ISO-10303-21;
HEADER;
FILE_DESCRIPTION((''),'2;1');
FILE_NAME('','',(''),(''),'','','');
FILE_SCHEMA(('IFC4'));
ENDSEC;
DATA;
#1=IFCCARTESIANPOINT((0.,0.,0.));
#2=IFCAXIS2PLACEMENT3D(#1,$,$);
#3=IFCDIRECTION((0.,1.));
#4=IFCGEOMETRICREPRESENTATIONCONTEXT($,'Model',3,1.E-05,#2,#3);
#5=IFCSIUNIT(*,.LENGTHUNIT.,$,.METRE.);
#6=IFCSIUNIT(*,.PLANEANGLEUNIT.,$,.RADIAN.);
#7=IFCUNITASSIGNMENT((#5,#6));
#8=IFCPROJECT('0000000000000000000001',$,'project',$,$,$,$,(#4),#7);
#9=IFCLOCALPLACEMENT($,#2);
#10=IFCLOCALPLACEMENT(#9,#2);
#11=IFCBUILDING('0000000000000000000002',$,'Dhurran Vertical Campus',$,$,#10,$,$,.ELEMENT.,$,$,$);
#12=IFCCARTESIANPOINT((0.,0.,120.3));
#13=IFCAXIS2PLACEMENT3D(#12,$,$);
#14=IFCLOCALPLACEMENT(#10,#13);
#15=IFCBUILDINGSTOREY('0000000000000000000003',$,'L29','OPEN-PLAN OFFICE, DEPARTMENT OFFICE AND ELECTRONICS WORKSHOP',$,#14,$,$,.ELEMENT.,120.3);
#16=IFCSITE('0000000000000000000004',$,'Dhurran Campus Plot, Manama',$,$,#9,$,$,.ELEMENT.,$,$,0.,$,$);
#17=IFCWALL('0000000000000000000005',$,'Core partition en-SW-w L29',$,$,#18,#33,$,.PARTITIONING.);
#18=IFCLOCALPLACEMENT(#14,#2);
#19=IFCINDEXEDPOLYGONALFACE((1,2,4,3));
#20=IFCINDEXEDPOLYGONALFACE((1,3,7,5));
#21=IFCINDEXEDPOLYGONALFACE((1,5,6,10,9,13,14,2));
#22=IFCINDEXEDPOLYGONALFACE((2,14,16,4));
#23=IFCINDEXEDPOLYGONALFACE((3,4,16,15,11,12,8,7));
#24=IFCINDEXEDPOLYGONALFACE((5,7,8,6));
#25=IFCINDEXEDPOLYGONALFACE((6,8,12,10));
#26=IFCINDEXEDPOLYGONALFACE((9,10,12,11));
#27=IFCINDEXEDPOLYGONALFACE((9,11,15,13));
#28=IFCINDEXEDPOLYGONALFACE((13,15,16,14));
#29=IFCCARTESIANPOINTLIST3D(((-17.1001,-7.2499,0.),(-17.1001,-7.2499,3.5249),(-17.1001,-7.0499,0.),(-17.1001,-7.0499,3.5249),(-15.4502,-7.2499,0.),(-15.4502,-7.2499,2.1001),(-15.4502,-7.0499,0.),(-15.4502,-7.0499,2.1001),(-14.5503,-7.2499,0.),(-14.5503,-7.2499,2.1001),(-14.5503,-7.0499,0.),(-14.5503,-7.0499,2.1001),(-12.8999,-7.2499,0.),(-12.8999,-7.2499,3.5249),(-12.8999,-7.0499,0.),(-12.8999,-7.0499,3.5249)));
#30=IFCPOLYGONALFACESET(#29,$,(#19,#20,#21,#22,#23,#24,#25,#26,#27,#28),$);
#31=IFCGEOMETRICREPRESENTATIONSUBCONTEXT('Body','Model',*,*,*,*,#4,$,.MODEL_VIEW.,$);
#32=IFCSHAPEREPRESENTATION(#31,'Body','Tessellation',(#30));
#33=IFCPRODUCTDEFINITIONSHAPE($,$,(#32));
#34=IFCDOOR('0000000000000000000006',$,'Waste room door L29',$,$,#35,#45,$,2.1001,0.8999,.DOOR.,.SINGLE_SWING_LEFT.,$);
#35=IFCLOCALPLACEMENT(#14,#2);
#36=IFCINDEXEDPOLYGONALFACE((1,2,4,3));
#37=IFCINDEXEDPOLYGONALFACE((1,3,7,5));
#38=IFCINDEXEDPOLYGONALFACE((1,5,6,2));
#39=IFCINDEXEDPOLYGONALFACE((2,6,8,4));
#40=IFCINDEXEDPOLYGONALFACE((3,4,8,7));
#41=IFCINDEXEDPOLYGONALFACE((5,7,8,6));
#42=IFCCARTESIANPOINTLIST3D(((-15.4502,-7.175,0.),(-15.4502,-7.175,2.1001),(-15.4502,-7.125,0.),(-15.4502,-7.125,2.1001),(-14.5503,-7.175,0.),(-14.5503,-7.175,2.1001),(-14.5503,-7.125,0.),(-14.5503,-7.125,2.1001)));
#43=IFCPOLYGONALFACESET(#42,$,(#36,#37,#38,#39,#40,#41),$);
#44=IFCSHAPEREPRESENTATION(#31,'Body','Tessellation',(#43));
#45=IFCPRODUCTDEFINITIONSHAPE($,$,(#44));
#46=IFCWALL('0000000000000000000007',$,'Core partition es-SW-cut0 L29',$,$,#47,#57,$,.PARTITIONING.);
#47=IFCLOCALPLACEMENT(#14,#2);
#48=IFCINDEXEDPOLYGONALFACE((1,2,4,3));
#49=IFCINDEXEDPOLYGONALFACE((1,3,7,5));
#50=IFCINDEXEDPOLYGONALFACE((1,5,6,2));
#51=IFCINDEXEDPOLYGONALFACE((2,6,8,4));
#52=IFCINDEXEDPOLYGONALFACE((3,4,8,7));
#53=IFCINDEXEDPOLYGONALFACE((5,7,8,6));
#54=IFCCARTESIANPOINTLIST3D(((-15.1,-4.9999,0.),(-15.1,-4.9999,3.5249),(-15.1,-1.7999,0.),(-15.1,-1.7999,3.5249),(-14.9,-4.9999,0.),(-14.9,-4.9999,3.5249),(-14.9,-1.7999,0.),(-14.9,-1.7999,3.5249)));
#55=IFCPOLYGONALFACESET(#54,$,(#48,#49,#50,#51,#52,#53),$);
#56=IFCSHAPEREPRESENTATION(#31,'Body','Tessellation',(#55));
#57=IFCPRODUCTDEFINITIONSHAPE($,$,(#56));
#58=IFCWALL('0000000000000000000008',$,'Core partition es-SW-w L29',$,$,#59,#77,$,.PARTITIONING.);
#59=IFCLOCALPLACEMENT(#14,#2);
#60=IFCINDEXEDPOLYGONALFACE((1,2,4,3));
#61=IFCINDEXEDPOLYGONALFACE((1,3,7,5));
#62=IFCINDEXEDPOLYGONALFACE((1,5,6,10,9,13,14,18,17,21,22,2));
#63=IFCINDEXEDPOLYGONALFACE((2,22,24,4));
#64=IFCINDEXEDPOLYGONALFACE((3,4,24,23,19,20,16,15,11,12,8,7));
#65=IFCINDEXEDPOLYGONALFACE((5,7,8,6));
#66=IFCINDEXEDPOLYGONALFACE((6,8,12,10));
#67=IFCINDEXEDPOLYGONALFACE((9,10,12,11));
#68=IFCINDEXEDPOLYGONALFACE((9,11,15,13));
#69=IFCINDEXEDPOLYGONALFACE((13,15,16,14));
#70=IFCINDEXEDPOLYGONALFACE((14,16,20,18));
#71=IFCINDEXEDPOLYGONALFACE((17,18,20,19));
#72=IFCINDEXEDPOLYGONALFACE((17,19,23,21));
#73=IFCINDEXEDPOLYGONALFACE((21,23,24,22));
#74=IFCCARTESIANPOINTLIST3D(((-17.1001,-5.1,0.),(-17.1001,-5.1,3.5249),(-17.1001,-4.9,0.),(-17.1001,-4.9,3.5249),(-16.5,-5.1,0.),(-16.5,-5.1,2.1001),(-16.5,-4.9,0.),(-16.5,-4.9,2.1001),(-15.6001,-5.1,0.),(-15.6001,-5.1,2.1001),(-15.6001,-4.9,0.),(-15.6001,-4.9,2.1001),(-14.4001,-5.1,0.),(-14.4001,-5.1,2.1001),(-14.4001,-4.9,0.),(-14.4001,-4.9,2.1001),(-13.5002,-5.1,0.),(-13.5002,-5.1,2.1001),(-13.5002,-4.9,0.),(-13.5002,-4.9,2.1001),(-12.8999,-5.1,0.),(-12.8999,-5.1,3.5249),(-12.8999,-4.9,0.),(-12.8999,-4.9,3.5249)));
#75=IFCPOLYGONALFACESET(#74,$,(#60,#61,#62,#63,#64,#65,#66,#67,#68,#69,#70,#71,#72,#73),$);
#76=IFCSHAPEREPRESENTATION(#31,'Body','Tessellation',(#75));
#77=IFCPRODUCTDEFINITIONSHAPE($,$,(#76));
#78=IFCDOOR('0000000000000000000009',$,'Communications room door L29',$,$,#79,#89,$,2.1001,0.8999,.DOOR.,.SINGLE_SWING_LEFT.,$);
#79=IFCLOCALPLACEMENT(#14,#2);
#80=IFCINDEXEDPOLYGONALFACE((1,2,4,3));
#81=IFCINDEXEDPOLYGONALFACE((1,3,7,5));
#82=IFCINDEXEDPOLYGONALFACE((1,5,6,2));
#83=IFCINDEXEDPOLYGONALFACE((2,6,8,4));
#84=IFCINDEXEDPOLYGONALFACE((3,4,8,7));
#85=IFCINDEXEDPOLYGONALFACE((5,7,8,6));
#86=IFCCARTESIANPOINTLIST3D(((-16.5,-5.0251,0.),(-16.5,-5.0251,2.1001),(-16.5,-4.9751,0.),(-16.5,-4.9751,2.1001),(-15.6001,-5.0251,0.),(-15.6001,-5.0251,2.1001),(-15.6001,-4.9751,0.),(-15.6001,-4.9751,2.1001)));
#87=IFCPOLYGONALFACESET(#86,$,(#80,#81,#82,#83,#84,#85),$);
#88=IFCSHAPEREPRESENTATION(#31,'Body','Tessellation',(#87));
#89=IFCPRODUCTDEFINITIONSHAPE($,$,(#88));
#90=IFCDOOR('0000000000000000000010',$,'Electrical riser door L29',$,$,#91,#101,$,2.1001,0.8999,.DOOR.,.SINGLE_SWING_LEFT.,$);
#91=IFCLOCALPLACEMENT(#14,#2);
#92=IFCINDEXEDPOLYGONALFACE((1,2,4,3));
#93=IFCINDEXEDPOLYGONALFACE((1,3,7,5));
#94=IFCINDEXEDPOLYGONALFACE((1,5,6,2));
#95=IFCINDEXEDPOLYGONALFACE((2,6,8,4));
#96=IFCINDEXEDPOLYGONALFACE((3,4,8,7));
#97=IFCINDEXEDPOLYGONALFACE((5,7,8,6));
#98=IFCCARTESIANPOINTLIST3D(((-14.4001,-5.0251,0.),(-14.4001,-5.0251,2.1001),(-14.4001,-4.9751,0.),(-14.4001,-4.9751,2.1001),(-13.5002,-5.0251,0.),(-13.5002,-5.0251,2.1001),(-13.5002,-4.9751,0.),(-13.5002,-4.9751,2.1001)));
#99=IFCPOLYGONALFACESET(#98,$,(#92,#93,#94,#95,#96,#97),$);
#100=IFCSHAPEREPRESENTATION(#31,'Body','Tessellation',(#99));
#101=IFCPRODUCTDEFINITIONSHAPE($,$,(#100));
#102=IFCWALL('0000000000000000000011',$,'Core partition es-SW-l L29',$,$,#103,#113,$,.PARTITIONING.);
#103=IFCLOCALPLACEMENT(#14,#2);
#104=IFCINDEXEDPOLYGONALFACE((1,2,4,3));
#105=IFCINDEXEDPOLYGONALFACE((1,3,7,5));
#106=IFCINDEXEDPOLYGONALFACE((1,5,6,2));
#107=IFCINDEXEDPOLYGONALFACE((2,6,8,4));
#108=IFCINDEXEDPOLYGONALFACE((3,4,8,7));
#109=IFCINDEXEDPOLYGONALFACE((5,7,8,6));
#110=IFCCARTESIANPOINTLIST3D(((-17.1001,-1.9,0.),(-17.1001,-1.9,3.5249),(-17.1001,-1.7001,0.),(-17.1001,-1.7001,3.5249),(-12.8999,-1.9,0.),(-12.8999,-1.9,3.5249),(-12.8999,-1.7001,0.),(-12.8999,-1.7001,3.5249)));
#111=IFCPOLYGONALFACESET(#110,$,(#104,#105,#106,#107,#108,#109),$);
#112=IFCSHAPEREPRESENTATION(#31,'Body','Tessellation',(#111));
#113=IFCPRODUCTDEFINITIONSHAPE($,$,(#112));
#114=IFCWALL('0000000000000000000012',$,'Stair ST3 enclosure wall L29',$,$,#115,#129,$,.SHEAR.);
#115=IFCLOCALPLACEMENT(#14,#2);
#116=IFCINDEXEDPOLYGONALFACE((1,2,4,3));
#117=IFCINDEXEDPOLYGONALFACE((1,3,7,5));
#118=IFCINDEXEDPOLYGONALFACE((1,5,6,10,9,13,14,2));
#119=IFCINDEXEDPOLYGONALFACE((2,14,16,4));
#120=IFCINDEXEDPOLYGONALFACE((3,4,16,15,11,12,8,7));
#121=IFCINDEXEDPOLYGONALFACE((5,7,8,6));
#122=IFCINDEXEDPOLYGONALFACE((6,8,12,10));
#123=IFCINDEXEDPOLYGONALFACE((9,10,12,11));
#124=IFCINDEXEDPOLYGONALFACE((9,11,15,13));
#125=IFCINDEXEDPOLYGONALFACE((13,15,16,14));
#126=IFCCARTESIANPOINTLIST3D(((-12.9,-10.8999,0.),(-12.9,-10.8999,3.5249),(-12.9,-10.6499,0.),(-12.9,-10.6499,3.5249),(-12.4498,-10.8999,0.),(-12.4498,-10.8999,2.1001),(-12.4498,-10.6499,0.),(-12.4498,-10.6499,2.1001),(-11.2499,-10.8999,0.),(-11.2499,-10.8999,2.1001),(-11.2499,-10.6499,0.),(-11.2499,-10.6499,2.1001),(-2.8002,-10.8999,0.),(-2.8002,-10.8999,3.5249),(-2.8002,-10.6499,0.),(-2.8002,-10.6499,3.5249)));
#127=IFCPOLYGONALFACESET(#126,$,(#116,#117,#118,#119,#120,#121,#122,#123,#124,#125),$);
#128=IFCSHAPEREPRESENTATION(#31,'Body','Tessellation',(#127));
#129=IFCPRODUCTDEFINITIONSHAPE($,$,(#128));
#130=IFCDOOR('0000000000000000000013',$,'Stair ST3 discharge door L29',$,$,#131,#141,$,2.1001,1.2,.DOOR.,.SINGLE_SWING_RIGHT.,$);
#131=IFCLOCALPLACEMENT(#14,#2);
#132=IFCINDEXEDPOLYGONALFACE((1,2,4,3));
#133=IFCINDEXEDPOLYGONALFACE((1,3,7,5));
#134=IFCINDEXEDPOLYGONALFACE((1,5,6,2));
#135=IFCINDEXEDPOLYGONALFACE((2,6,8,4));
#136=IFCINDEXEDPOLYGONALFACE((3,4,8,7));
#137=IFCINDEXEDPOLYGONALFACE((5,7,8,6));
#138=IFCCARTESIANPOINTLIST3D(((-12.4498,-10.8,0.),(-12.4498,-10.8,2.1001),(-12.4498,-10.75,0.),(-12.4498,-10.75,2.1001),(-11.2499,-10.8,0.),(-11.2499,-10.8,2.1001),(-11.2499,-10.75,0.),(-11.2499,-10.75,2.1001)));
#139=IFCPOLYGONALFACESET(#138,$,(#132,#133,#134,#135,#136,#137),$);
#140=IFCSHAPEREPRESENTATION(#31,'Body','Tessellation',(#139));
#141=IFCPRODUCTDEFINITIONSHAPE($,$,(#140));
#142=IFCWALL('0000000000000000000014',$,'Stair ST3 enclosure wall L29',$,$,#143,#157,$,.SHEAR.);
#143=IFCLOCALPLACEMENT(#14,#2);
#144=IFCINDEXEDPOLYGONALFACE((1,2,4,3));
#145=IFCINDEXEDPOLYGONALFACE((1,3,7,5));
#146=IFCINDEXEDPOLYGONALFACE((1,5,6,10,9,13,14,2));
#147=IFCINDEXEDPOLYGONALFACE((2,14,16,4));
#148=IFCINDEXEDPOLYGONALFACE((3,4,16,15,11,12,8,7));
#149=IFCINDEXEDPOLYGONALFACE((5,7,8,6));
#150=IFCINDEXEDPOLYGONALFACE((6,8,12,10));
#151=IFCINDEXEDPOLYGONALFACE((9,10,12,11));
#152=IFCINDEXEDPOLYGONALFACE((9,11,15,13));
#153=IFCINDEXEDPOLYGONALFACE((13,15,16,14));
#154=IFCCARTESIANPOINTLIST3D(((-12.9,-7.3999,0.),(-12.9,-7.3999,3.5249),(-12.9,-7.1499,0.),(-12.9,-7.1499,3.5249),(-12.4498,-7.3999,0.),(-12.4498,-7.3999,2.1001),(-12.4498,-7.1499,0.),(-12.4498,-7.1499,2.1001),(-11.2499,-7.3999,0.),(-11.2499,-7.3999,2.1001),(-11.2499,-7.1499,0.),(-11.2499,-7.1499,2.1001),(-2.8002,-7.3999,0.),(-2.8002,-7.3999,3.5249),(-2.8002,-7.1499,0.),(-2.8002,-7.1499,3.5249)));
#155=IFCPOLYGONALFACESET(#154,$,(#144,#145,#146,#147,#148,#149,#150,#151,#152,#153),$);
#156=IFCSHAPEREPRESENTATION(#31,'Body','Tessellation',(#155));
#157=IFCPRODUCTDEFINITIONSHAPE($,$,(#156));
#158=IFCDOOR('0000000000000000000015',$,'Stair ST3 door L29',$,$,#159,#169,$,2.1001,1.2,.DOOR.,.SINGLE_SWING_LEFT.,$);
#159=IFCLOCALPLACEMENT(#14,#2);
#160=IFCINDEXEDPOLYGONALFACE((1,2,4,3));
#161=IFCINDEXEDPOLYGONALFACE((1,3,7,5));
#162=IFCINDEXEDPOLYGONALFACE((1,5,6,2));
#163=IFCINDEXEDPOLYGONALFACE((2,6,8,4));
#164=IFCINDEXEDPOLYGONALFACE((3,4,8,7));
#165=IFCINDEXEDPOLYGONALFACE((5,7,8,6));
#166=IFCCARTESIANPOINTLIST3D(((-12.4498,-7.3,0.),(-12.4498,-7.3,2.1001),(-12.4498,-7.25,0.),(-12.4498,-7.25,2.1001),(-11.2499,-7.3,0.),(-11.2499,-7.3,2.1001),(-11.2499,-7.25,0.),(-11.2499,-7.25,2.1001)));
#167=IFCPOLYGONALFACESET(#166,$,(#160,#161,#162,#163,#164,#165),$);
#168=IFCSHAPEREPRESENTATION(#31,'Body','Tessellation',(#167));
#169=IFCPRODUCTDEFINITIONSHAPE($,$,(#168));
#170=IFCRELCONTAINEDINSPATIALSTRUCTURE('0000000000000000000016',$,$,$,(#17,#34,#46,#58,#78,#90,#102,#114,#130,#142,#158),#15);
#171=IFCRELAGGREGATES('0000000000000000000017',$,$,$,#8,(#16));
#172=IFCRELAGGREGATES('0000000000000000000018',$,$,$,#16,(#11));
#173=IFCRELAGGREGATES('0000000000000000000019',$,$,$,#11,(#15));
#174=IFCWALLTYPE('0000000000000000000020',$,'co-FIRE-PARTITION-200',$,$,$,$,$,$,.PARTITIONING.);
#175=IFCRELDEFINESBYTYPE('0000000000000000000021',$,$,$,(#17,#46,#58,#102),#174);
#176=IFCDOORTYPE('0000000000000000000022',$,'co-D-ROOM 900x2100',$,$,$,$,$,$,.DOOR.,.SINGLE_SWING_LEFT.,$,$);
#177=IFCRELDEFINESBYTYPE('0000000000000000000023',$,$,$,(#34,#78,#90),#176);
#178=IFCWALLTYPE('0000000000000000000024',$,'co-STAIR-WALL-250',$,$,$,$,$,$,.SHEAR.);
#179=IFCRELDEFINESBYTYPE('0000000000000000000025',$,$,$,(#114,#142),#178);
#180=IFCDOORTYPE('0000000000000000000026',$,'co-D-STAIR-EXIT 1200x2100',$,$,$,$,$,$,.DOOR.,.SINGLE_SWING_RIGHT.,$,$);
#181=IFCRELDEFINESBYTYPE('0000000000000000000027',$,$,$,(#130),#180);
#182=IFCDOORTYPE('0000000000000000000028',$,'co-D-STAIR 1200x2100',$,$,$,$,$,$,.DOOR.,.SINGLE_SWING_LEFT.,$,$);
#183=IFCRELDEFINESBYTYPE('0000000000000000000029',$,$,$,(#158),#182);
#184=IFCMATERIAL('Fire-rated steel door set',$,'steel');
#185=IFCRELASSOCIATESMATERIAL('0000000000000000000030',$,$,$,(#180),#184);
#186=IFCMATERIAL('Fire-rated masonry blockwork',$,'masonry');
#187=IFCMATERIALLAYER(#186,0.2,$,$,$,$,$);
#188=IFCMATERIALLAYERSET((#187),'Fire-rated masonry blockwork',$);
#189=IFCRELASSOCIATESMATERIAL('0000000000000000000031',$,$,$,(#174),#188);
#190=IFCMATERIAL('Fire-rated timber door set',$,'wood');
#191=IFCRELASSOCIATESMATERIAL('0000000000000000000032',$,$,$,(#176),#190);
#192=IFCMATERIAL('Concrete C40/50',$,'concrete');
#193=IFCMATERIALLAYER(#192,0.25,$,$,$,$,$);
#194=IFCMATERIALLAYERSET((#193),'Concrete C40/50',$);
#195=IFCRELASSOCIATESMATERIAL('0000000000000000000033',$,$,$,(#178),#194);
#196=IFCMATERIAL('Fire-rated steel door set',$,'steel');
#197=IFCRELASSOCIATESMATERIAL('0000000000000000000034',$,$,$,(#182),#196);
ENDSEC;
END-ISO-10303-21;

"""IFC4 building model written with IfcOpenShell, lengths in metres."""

from ifc_helpers import new_model, si_unit, direction, frame, frame_2d, origin, place, context, subcontext, project, spatial, rectangle, extrude, material, layer, layer_set, type_object, element, fill, save


model = new_model("IFC4")

# Units and contexts
model_context = context("Model", 3, precision=1e-05, world=origin(), true_north=direction((0.0, 1.0)))
body_context = subcontext(model_context, "Body", "Model", "MODEL_VIEW")
ifc_project = project(units=[si_unit("LENGTHUNIT", "METRE"), si_unit("PLANEANGLEUNIT", "RADIAN")], contexts=[model_context])

# Site, building, storey
site_placement = place(None, origin())
site = spatial("IfcSite", under=ifc_project, at=site_placement, Name="Dhurran Campus Plot, Manama", CompositionType="ELEMENT", RefElevation=0.0)
building_placement = place(site_placement, origin())
building = spatial("IfcBuilding", under=site, at=building_placement, Name="Dhurran Vertical Campus", CompositionType="ELEMENT")
storey_placement = place(building_placement, frame((0.0, 0.0, 120.3)))
storey = spatial("IfcBuildingStorey", under=building, at=storey_placement, Name="L29", Description="OPEN-PLAN OFFICE, DEPARTMENT OFFICE AND ELECTRONICS WORKSHOP", CompositionType="ELEMENT", Elevation=120.3)

# Shared definitions
ifc_material_1 = material(Name="Fire-rated steel door set", Category="steel")
door_type_1 = type_object("IfcDoorType", Name="co-D-STAIR-EXIT 1200x2100", OperationType="SINGLE_SWING_RIGHT", PredefinedType="DOOR", material=ifc_material_1)

# Wall, opening, door
ifc_material_2 = material(Name="Fire-rated masonry blockwork", Category="masonry")
ifc_layer_1 = layer(ifc_material_2, 0.2)
ifc_layer_set_1 = layer_set([ifc_layer_1], Name="Fire-rated masonry blockwork")
wall_type_1 = type_object("IfcWallType", Name="co-FIRE-PARTITION-200", PredefinedType="PARTITIONING", material=ifc_layer_set_1)
wall_1_placement = place(storey_placement, frame((-17.1001, -7.1499, 0.0), z_axis=(0.0, 0.0, 1.0), x_axis=(1.0, 0.0, 0.0)))
wall_1 = element("IfcWall", 1, at=wall_1_placement, inside=storey, type_object=wall_type_1, Name="Core partition en-SW-w L29", PredefinedType="PARTITIONING", context=body_context, shape_type="SweptSolid", body=[
    extrude(rectangle(XDim=4.2002, YDim=0.2, at=frame_2d((2.1001, 0.0))), origin(), (0.0, 0.0, 1.0), 3.5249),
])
opening_1_placement = place(wall_1_placement, frame((1.6499, 0.0, 0.0)))
opening_1 = element("IfcOpeningElement", 2, at=opening_1_placement, cuts=wall_1, PredefinedType="OPENING", context=body_context, shape_type="SweptSolid", body=[
    extrude(rectangle(XDim=0.8999, YDim=2.1001, at=frame_2d((0.45, 1.05))), frame((0.0, 0.1099, 0.0), z_axis=(0.0, -1.0, 0.0), x_axis=(1.0, 0.0, 0.0)), (0.0, 0.0, 1.0), 0.22),
])
ifc_material_3 = material(Name="Fire-rated timber door set", Category="wood")
door_type_2 = type_object("IfcDoorType", Name="co-D-ROOM 900x2100", OperationType="SINGLE_SWING_LEFT", PredefinedType="DOOR", material=ifc_material_3)
door_1_placement = place(opening_1_placement, origin())
door_1 = element("IfcDoor", 3, at=door_1_placement, inside=storey, type_object=door_type_2, Name="Waste room door L29", OperationType="SINGLE_SWING_LEFT", OverallHeight=2.1001, OverallWidth=0.8999, PredefinedType="DOOR", context=body_context, shape_type="SweptSolid", body=[
    extrude(rectangle(XDim=0.8999, YDim=2.1001, at=frame_2d((0.45, 1.05))), frame((0.0, 0.0249, 0.0), z_axis=(0.0, -1.0, 0.0), x_axis=(1.0, 0.0, 0.0)), (0.0, 0.0, 1.0), 0.05),
])
fill(opening_1, door_1)

# Wall
wall_2_placement = place(storey_placement, frame((-15.0, -5.0, 0.0), z_axis=(0.0, 0.0, 1.0), x_axis=(0.0, 1.0, 0.0)))
element("IfcWall", 4, at=wall_2_placement, inside=storey, type_object=wall_type_1, Name="Core partition es-SW-cut0 L29", PredefinedType="PARTITIONING", context=body_context, shape_type="SweptSolid", body=[
    extrude(rectangle(XDim=3.2, YDim=0.2, at=frame_2d((1.6001, 0.0))), origin(), (0.0, 0.0, 1.0), 3.5249),
])

# Wall, openings, doors
wall_3_placement = place(storey_placement, frame((-17.1001, -5.0, 0.0), z_axis=(0.0, 0.0, 1.0), x_axis=(1.0, 0.0, 0.0)))
wall_3 = element("IfcWall", 5, at=wall_3_placement, inside=storey, type_object=wall_type_1, Name="Core partition es-SW-w L29", PredefinedType="PARTITIONING", context=body_context, shape_type="SweptSolid", body=[
    extrude(rectangle(XDim=4.2002, YDim=0.2, at=frame_2d((2.1001, 0.0))), origin(), (0.0, 0.0, 1.0), 3.5249),
])
opening_2_placement = place(wall_3_placement, frame((0.6001, 0.0, 0.0)))
opening_2 = element("IfcOpeningElement", 6, at=opening_2_placement, cuts=wall_3, PredefinedType="OPENING", context=body_context, shape_type="SweptSolid", body=[
    extrude(rectangle(XDim=0.8999, YDim=2.1001, at=frame_2d((0.45, 1.05))), frame((0.0, 0.1099, 0.0), z_axis=(0.0, -1.0, 0.0), x_axis=(1.0, 0.0, 0.0)), (0.0, 0.0, 1.0), 0.22),
])
opening_3_placement = place(wall_3_placement, frame((2.7, 0.0, 0.0)))
opening_3 = element("IfcOpeningElement", 7, at=opening_3_placement, cuts=wall_3, PredefinedType="OPENING", context=body_context, shape_type="SweptSolid", body=[
    extrude(rectangle(XDim=0.8999, YDim=2.1001, at=frame_2d((0.45, 1.05))), frame((0.0, 0.1099, 0.0), z_axis=(0.0, -1.0, 0.0), x_axis=(1.0, 0.0, 0.0)), (0.0, 0.0, 1.0), 0.22),
])
door_2_placement = place(opening_2_placement, origin())
door_2 = element("IfcDoor", 8, at=door_2_placement, inside=storey, type_object=door_type_2, Name="Communications room door L29", OperationType="SINGLE_SWING_LEFT", OverallHeight=2.1001, OverallWidth=0.8999, PredefinedType="DOOR", context=body_context, shape_type="SweptSolid", body=[
    extrude(rectangle(XDim=0.8999, YDim=2.1001, at=frame_2d((0.45, 1.05))), frame((0.0, 0.0249, 0.0), z_axis=(0.0, -1.0, 0.0), x_axis=(1.0, 0.0, 0.0)), (0.0, 0.0, 1.0), 0.05),
])
fill(opening_2, door_2)
door_3_placement = place(opening_3_placement, origin())
door_3 = element("IfcDoor", 9, at=door_3_placement, inside=storey, type_object=door_type_2, Name="Electrical riser door L29", OperationType="SINGLE_SWING_LEFT", OverallHeight=2.1001, OverallWidth=0.8999, PredefinedType="DOOR", context=body_context, shape_type="SweptSolid", body=[
    extrude(rectangle(XDim=0.8999, YDim=2.1001, at=frame_2d((0.45, 1.05))), frame((0.0, 0.0249, 0.0), z_axis=(0.0, -1.0, 0.0), x_axis=(1.0, 0.0, 0.0)), (0.0, 0.0, 1.0), 0.05),
])
fill(opening_3, door_3)

# Wall
wall_4_placement = place(storey_placement, frame((-17.1001, -1.8, 0.0), z_axis=(0.0, 0.0, 1.0), x_axis=(1.0, 0.0, 0.0)))
element("IfcWall", 10, at=wall_4_placement, inside=storey, type_object=wall_type_1, Name="Core partition es-SW-l L29", PredefinedType="PARTITIONING", context=body_context, shape_type="SweptSolid", body=[
    extrude(rectangle(XDim=4.2002, YDim=0.2, at=frame_2d((2.1001, 0.0))), origin(), (0.0, 0.0, 1.0), 3.5249),
])

# Walls, openings, doors
ifc_material_4 = material(Name="Concrete C40/50", Category="concrete")
ifc_layer_2 = layer(ifc_material_4, 0.25)
ifc_layer_set_2 = layer_set([ifc_layer_2], Name="Concrete C40/50")
wall_type_2 = type_object("IfcWallType", Name="co-STAIR-WALL-250", PredefinedType="SHEAR", material=ifc_layer_set_2)
wall_5_placement = place(storey_placement, frame((-12.8999, -10.7749, 0.0), z_axis=(0.0, 0.0, 1.0), x_axis=(1.0, 0.0, 0.0)))
wall_5 = element("IfcWall", 11, at=wall_5_placement, inside=storey, type_object=wall_type_2, Name="Stair ST3 enclosure wall L29", PredefinedType="SHEAR", context=body_context, shape_type="SweptSolid", body=[
    extrude(rectangle(XDim=10.0999, YDim=0.25, at=frame_2d((5.0498, 0.0))), origin(), (0.0, 0.0, 1.0), 3.5249),
])
opening_4_placement = place(wall_5_placement, frame((0.45, 0.0, 0.0)))
opening_4 = element("IfcOpeningElement", 12, at=opening_4_placement, cuts=wall_5, PredefinedType="OPENING", context=body_context, shape_type="SweptSolid", body=[
    extrude(rectangle(XDim=1.2, YDim=2.1001, at=frame_2d((0.6001, 1.05))), frame((0.0, 0.135, 0.0), z_axis=(0.0, -1.0, 0.0), x_axis=(1.0, 0.0, 0.0)), (0.0, 0.0, 1.0), 0.27),
])
door_4_placement = place(opening_4_placement, origin())
door_4 = element("IfcDoor", 13, at=door_4_placement, inside=storey, type_object=door_type_1, Name="Stair ST3 discharge door L29", OperationType="SINGLE_SWING_RIGHT", OverallHeight=2.1001, OverallWidth=1.2, PredefinedType="DOOR", context=body_context, shape_type="SweptSolid", body=[
    extrude(rectangle(XDim=1.2, YDim=2.1001, at=frame_2d((0.6001, 1.05))), frame((0.0, 0.0249, 0.0), z_axis=(0.0, -1.0, 0.0), x_axis=(1.0, 0.0, 0.0)), (0.0, 0.0, 1.0), 0.05),
])
fill(opening_4, door_4)
wall_6_placement = place(storey_placement, frame((-12.8999, -7.2749, 0.0), z_axis=(0.0, 0.0, 1.0), x_axis=(1.0, 0.0, 0.0)))
wall_6 = element("IfcWall", 14, at=wall_6_placement, inside=storey, type_object=wall_type_2, Name="Stair ST3 enclosure wall L29", PredefinedType="SHEAR", context=body_context, shape_type="SweptSolid", body=[
    extrude(rectangle(XDim=10.0999, YDim=0.25, at=frame_2d((5.0498, 0.0))), origin(), (0.0, 0.0, 1.0), 3.5249),
])
opening_5_placement = place(wall_6_placement, frame((0.45, 0.0, 0.0)))
opening_5 = element("IfcOpeningElement", 15, at=opening_5_placement, cuts=wall_6, PredefinedType="OPENING", context=body_context, shape_type="SweptSolid", body=[
    extrude(rectangle(XDim=1.2, YDim=2.1001, at=frame_2d((0.6001, 1.05))), frame((0.0, 0.135, 0.0), z_axis=(0.0, -1.0, 0.0), x_axis=(1.0, 0.0, 0.0)), (0.0, 0.0, 1.0), 0.27),
])
ifc_material_5 = material(Name="Fire-rated steel door set", Category="steel")
door_type_3 = type_object("IfcDoorType", Name="co-D-STAIR 1200x2100", OperationType="SINGLE_SWING_LEFT", PredefinedType="DOOR", material=ifc_material_5)
door_5_placement = place(opening_5_placement, origin())
door_5 = element("IfcDoor", 16, at=door_5_placement, inside=storey, type_object=door_type_3, Name="Stair ST3 door L29", OperationType="SINGLE_SWING_LEFT", OverallHeight=2.1001, OverallWidth=1.2, PredefinedType="DOOR", context=body_context, shape_type="SweptSolid", body=[
    extrude(rectangle(XDim=1.2, YDim=2.1001, at=frame_2d((0.6001, 1.05))), frame((0.0, 0.0249, 0.0), z_axis=(0.0, -1.0, 0.0), x_axis=(1.0, 0.0, 0.0)), (0.0, 0.0, 1.0), 0.05),
])
fill(opening_5, door_5)

save(model, "model.ifc")
